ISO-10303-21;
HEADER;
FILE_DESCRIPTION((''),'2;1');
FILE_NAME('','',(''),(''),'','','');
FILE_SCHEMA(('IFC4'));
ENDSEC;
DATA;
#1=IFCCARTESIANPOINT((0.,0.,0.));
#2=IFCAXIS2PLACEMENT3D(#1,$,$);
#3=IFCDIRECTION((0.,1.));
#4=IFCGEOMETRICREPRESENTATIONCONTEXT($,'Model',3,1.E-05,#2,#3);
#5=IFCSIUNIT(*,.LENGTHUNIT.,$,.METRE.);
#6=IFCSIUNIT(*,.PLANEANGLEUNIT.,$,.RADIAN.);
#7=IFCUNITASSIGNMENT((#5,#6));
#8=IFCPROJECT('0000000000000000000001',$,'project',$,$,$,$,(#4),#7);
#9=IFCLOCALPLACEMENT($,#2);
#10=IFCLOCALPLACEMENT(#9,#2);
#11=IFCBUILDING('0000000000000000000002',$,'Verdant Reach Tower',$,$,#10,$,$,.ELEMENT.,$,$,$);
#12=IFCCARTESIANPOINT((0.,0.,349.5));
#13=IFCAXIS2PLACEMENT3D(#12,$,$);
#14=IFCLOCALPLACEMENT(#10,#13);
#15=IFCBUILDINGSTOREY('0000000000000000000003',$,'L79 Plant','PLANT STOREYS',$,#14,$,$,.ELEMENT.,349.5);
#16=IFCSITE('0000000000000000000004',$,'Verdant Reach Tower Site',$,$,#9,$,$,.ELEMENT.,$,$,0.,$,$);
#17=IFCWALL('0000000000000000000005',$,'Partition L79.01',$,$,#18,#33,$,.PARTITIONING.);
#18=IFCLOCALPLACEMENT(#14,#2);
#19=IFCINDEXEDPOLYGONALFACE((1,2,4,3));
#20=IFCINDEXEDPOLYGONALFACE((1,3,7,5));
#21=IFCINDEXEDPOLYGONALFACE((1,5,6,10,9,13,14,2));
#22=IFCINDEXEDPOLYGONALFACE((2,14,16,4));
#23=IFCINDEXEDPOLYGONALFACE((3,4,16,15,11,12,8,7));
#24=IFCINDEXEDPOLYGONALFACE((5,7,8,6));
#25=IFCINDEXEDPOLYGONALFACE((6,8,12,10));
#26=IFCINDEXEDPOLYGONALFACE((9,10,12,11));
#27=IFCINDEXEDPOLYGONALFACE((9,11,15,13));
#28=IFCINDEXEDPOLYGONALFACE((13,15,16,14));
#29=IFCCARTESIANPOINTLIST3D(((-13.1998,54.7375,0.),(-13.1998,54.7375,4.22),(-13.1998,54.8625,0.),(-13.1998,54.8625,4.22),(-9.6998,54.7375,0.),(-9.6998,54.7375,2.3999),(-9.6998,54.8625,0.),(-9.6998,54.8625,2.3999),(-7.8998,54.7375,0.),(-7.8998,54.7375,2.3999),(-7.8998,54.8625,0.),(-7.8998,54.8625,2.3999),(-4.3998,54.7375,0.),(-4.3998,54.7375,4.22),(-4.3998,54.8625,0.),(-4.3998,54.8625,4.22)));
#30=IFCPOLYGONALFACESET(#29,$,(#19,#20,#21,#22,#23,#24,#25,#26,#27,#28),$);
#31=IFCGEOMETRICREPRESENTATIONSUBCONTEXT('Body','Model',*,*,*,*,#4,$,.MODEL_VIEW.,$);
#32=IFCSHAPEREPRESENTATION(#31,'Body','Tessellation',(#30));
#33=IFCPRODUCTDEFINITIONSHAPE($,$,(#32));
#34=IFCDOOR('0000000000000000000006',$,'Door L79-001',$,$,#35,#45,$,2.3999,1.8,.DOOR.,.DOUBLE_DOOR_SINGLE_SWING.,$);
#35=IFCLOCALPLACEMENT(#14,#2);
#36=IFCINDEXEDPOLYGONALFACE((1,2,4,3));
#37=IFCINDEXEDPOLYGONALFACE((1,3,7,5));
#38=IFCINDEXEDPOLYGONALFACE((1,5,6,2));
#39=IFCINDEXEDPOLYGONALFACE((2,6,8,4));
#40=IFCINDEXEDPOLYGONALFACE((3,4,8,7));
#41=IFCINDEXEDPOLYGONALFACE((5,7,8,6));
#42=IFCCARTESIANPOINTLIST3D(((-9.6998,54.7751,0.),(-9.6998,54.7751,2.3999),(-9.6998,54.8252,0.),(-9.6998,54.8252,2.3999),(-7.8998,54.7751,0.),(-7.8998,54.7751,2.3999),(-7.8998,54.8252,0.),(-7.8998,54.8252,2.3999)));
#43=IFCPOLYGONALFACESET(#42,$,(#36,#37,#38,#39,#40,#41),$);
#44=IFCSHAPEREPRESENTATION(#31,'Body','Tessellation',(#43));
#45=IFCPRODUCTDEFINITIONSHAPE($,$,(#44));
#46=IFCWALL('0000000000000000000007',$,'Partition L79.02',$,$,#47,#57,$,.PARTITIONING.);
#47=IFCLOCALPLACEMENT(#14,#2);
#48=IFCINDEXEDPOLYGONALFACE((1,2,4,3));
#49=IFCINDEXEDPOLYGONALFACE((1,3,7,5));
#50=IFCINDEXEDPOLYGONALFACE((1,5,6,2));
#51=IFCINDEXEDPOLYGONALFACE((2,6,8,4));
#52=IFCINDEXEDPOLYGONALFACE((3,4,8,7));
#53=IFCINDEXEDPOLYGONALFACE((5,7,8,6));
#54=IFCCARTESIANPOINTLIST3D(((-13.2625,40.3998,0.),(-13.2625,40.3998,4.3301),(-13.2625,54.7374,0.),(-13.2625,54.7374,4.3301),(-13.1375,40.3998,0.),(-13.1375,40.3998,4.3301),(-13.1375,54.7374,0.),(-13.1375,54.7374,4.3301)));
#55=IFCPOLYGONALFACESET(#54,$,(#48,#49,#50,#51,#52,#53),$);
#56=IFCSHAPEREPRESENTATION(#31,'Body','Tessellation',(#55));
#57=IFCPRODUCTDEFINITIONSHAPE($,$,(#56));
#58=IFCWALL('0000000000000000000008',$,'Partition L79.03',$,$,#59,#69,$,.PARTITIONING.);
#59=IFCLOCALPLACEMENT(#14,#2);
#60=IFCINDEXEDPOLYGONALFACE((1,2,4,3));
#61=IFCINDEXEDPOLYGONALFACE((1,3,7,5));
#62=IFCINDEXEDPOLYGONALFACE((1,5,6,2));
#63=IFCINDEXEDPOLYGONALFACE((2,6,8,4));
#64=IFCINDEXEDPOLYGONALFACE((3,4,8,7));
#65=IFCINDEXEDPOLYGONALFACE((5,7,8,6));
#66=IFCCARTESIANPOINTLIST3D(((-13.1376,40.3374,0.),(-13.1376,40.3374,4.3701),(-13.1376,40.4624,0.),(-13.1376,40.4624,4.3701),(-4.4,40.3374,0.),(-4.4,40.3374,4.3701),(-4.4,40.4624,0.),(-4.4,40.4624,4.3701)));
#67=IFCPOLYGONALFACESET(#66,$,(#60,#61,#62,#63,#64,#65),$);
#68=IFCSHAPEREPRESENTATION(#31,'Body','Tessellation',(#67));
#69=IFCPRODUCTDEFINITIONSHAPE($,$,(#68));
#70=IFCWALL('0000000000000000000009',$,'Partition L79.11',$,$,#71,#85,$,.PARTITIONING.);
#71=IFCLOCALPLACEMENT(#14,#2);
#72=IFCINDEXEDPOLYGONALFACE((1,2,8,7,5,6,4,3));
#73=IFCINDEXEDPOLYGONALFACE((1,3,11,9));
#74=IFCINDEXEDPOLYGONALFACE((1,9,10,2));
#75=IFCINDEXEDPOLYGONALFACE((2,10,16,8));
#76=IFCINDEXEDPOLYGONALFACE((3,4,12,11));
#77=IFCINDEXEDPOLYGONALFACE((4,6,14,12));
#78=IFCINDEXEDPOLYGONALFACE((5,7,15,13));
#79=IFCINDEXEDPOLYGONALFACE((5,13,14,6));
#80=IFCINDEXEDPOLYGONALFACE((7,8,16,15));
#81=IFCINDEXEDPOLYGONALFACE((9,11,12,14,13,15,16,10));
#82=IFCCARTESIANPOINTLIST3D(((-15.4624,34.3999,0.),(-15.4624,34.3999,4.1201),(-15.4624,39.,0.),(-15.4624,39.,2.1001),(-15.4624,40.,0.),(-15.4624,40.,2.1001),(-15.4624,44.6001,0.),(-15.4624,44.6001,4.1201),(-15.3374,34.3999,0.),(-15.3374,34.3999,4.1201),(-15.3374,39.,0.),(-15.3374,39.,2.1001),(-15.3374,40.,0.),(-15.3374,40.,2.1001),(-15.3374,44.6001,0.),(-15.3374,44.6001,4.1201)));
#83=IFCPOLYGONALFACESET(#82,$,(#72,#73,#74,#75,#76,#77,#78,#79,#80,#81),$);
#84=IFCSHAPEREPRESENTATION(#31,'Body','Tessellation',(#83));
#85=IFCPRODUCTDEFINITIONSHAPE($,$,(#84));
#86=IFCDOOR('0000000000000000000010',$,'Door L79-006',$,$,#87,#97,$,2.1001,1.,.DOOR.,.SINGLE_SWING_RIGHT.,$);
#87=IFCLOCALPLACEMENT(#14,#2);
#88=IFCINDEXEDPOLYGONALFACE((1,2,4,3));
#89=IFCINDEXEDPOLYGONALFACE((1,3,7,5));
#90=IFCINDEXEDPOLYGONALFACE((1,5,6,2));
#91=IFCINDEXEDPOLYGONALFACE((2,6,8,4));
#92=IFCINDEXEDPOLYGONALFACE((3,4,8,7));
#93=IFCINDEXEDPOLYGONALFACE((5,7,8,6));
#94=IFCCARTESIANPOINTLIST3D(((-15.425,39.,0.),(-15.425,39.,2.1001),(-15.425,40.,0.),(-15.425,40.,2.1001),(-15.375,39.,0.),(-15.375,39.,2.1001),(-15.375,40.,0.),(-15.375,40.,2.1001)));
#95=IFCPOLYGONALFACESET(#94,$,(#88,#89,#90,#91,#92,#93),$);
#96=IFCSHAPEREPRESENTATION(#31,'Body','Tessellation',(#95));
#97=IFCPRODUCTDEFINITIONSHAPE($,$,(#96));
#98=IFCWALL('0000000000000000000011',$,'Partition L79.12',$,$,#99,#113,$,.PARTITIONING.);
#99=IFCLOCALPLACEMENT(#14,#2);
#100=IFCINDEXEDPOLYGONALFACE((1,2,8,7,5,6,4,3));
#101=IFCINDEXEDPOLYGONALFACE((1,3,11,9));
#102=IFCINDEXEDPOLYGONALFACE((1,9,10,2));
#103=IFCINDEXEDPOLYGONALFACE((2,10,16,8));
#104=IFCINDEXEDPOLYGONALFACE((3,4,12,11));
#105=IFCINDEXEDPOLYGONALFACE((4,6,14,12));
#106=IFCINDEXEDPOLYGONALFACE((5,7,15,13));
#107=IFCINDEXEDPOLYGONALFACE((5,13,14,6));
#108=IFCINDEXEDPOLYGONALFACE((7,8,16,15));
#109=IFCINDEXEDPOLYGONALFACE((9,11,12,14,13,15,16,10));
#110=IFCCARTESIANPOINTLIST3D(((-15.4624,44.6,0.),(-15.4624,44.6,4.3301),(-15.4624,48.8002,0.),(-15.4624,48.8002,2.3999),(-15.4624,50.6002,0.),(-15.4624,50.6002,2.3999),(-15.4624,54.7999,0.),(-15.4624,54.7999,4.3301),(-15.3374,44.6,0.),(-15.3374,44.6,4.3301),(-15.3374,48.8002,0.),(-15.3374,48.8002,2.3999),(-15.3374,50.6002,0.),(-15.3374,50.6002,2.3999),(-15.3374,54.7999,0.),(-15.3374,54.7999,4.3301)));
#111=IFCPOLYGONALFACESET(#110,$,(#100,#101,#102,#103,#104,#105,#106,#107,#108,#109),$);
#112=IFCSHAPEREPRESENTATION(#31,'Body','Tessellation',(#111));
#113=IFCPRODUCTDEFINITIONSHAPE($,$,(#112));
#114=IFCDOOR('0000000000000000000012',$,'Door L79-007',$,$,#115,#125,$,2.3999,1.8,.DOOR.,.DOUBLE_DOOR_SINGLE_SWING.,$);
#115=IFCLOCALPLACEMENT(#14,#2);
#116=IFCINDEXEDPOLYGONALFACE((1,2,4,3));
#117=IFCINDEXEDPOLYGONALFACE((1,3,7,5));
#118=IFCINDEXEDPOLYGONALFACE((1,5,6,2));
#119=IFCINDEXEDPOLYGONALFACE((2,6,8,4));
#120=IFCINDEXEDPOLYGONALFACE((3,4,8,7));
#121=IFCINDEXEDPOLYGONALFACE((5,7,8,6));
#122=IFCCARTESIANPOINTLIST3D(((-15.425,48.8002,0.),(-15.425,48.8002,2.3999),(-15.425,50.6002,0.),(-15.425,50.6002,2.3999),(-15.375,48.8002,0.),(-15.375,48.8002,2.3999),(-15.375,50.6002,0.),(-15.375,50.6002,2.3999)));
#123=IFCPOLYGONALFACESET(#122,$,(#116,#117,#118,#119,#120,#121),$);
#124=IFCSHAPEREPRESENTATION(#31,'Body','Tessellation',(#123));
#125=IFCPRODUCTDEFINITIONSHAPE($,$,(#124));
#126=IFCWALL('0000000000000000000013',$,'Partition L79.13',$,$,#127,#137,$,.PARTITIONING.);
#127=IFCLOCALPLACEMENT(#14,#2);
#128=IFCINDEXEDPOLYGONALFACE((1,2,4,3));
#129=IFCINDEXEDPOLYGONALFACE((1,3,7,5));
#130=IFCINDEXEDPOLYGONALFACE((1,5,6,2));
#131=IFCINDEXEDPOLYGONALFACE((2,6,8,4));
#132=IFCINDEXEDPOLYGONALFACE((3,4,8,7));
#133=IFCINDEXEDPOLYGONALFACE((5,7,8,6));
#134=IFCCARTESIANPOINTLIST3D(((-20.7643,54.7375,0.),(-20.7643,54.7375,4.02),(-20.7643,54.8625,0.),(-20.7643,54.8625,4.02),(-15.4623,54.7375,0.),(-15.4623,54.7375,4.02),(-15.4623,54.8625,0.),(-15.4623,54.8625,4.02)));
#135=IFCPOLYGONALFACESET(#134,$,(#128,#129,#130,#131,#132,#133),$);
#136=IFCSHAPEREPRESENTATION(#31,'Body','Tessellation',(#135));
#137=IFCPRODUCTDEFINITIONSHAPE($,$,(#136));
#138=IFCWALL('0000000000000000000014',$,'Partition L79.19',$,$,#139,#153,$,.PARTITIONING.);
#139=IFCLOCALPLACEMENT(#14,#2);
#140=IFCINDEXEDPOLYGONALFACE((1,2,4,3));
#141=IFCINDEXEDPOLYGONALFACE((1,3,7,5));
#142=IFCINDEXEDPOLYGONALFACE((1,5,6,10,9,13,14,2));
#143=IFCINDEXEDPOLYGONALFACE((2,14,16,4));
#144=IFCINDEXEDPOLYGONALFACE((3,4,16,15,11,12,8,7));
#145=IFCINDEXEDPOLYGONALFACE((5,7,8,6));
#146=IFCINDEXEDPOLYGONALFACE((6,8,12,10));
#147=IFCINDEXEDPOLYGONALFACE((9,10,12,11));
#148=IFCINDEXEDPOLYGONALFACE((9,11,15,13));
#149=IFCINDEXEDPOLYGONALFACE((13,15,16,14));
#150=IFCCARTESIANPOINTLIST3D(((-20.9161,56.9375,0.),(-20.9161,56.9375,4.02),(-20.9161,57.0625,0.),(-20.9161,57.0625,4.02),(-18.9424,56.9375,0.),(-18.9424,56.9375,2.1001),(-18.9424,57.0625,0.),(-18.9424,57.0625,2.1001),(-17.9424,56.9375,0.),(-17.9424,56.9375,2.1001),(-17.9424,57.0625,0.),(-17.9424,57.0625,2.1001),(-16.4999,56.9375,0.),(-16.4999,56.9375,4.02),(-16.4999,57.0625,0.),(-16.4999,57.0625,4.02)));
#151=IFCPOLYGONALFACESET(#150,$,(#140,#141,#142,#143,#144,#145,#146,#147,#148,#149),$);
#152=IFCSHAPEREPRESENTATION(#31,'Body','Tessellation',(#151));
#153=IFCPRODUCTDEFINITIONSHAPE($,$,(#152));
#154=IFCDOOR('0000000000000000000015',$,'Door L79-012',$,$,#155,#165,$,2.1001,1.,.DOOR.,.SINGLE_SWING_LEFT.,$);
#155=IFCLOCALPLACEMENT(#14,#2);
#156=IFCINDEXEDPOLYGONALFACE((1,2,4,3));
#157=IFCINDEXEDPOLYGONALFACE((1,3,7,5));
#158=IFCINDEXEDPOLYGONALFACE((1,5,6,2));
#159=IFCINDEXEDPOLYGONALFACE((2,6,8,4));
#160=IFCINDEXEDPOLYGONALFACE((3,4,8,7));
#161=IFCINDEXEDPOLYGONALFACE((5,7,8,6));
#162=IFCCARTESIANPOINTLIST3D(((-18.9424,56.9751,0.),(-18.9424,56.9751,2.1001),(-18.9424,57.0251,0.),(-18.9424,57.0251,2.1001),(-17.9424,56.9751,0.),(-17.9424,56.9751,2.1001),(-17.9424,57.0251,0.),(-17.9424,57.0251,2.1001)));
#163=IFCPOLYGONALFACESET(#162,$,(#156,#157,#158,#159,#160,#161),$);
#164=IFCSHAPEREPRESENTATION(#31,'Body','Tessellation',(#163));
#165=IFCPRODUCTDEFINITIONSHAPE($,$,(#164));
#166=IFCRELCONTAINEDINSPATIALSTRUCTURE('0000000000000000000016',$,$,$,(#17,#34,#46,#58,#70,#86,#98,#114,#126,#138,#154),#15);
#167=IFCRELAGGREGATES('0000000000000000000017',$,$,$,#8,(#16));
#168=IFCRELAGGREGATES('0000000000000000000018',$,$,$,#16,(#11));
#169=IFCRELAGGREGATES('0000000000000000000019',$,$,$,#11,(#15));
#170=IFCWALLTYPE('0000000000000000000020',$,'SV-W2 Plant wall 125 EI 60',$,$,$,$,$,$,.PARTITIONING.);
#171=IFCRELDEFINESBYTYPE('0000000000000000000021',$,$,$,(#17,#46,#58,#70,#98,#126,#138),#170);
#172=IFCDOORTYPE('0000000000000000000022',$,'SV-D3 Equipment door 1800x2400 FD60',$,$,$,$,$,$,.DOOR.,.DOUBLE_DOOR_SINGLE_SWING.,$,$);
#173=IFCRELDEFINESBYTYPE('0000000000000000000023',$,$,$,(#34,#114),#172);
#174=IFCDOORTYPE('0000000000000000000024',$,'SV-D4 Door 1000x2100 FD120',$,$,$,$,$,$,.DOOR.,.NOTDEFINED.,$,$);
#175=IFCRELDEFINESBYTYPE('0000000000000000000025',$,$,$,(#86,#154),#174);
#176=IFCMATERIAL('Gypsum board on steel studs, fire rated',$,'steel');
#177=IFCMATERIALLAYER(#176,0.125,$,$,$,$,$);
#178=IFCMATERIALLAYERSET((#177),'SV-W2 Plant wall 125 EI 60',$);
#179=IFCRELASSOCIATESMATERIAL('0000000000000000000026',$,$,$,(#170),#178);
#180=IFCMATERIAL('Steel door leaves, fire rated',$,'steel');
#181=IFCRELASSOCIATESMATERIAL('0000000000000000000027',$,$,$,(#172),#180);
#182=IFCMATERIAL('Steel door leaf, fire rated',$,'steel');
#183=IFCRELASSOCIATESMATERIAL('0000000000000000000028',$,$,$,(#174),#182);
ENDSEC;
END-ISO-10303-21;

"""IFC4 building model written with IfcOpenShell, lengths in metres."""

from ifc_helpers import new_model, si_unit, direction, frame, frame_2d, origin, place, context, subcontext, project, spatial, rectangle, extrude, material, layer, layer_set, type_object, element, fill, save


model = new_model("IFC4")

# Units and contexts
model_context = context("Model", 3, precision=1e-05, world=origin(), true_north=direction((0.0, 1.0)))
body_context = subcontext(model_context, "Body", "Model", "MODEL_VIEW")
ifc_project = project(units=[si_unit("LENGTHUNIT", "METRE"), si_unit("PLANEANGLEUNIT", "RADIAN")], contexts=[model_context])

# Site, building, storey
site_placement = place(None, origin())
site = spatial("IfcSite", under=ifc_project, at=site_placement, Name="Verdant Reach Tower Site", CompositionType="ELEMENT", RefElevation=0.0)
building_placement = place(site_placement, origin())
building = spatial("IfcBuilding", under=site, at=building_placement, Name="Verdant Reach Tower", CompositionType="ELEMENT")
storey_placement = place(building_placement, frame((0.0, 0.0, 349.5)))
storey = spatial("IfcBuildingStorey", under=building, at=storey_placement, Name="L79 Plant", Description="PLANT STOREYS", CompositionType="ELEMENT", Elevation=349.5)

# Wall, opening, door
ifc_material_1 = material(Name="Gypsum board on steel studs, fire rated", Category="steel")
ifc_layer = layer(ifc_material_1, 0.125)
ifc_layer_set = layer_set([ifc_layer], Name="SV-W2 Plant wall 125 EI 60")
wall_type = type_object("IfcWallType", Name="SV-W2 Plant wall 125 EI 60", PredefinedType="PARTITIONING", material=ifc_layer_set)
wall_1_placement = place(storey_placement, frame((-4.3999, 54.8, 0.0), z_axis=(0.0, 0.0, 1.0), x_axis=(-1.0, 0.0, 0.0)))
wall_1 = element("IfcWall", 1, at=wall_1_placement, inside=storey, type_object=wall_type, Name="Partition L79.01", PredefinedType="PARTITIONING", context=body_context, shape_type="SweptSolid", body=[
    extrude(rectangle(XDim=8.8, YDim=0.125, at=frame_2d((4.3999, 0.0))), origin(), (0.0, 0.0, 1.0), 4.22),
])
opening_1_placement = place(wall_1_placement, frame((3.5, 0.0, 0.0)))
opening_1 = element("IfcOpeningElement", 2, at=opening_1_placement, cuts=wall_1, PredefinedType="OPENING", context=body_context, shape_type="SweptSolid", body=[
    extrude(rectangle(XDim=1.8, YDim=2.3999, at=frame_2d((0.8999, 1.2))), frame((0.0, 0.0725, 0.0), z_axis=(0.0, -1.0, 0.0), x_axis=(1.0, 0.0, 0.0)), (0.0, 0.0, 1.0), 0.145),
])
ifc_material_2 = material(Name="Steel door leaves, fire rated", Category="steel")
door_type_1 = type_object("IfcDoorType", Name="SV-D3 Equipment door 1800x2400 FD60", OperationType="DOUBLE_DOOR_SINGLE_SWING", PredefinedType="DOOR", material=ifc_material_2)
door_1_placement = place(opening_1_placement, origin())
door_1 = element("IfcDoor", 3, at=door_1_placement, inside=storey, type_object=door_type_1, Name="Door L79-001", OperationType="DOUBLE_DOOR_SINGLE_SWING", OverallHeight=2.3999, OverallWidth=1.8, PredefinedType="DOOR", context=body_context, shape_type="SweptSolid", body=[
    extrude(rectangle(XDim=1.8, YDim=2.3999, at=frame_2d((0.8999, 1.2))), frame((0.0, 0.0249, 0.0), z_axis=(0.0, -1.0, 0.0), x_axis=(1.0, 0.0, 0.0)), (0.0, 0.0, 1.0), 0.05),
])
fill(opening_1, door_1)

# Walls
wall_2_placement = place(storey_placement, frame((-13.2, 54.7375, 0.0), z_axis=(0.0, 0.0, 1.0), x_axis=(0.0, -1.0, 0.0)))
element("IfcWall", 4, at=wall_2_placement, inside=storey, type_object=wall_type, Name="Partition L79.02", PredefinedType="PARTITIONING", context=body_context, shape_type="SweptSolid", body=[
    extrude(rectangle(XDim=14.3376, YDim=0.125, at=frame_2d((7.1689, 0.0))), origin(), (0.0, 0.0, 1.0), 4.3301),
])
wall_3_placement = place(storey_placement, frame((-13.1375, 40.3999, 0.0), z_axis=(0.0, 0.0, 1.0), x_axis=(1.0, 0.0, 0.0)))
element("IfcWall", 5, at=wall_3_placement, inside=storey, type_object=wall_type, Name="Partition L79.03", PredefinedType="PARTITIONING", context=body_context, shape_type="SweptSolid", body=[
    extrude(rectangle(XDim=8.7375, YDim=0.125, at=frame_2d((4.3687, 0.0))), origin(), (0.0, 0.0, 1.0), 4.3701),
])

# Walls, openings, doors
wall_4_placement = place(storey_placement, frame((-15.3999, 44.6001, 0.0), z_axis=(0.0, 0.0, 1.0), x_axis=(0.0, -1.0, 0.0)))
wall_4 = element("IfcWall", 6, at=wall_4_placement, inside=storey, type_object=wall_type, Name="Partition L79.11", PredefinedType="PARTITIONING", context=body_context, shape_type="SweptSolid", body=[
    extrude(rectangle(XDim=10.2002, YDim=0.125, at=frame_2d((5.1001, 0.0))), origin(), (0.0, 0.0, 1.0), 4.1201),
])
opening_2_placement = place(wall_4_placement, frame((4.6001, 0.0, 0.0)))
opening_2 = element("IfcOpeningElement", 7, at=opening_2_placement, cuts=wall_4, PredefinedType="OPENING", context=body_context, shape_type="SweptSolid", body=[
    extrude(rectangle(XDim=1.0, YDim=2.1001, at=frame_2d((0.5, 1.05))), frame((0.0, 0.0725, 0.0), z_axis=(0.0, -1.0, 0.0), x_axis=(1.0, 0.0, 0.0)), (0.0, 0.0, 1.0), 0.145),
])
ifc_material_3 = material(Name="Steel door leaf, fire rated", Category="steel")
door_type_2 = type_object("IfcDoorType", Name="SV-D4 Door 1000x2100 FD120", OperationType="NOTDEFINED", PredefinedType="DOOR", material=ifc_material_3)
door_2_placement = place(opening_2_placement, origin())
door_2 = element("IfcDoor", 8, at=door_2_placement, inside=storey, type_object=door_type_2, Name="Door L79-006", OperationType="SINGLE_SWING_RIGHT", OverallHeight=2.1001, OverallWidth=1.0, PredefinedType="DOOR", context=body_context, shape_type="SweptSolid", body=[
    extrude(rectangle(XDim=1.0, YDim=2.1001, at=frame_2d((0.5, 1.05))), frame((0.0, 0.0249, 0.0), z_axis=(0.0, -1.0, 0.0), x_axis=(1.0, 0.0, 0.0)), (0.0, 0.0, 1.0), 0.05),
])
fill(opening_2, door_2)
wall_5_placement = place(storey_placement, frame((-15.3999, 54.8, 0.0), z_axis=(0.0, 0.0, 1.0), x_axis=(0.0, -1.0, 0.0)))
wall_5 = element("IfcWall", 9, at=wall_5_placement, inside=storey, type_object=wall_type, Name="Partition L79.12", PredefinedType="PARTITIONING", context=body_context, shape_type="SweptSolid", body=[
    extrude(rectangle(XDim=10.2, YDim=0.125, at=frame_2d((5.1001, 0.0))), origin(), (0.0, 0.0, 1.0), 4.3301),
])
opening_3_placement = place(wall_5_placement, frame((4.2, 0.0, 0.0)))
opening_3 = element("IfcOpeningElement", 10, at=opening_3_placement, cuts=wall_5, PredefinedType="OPENING", context=body_context, shape_type="SweptSolid", body=[
    extrude(rectangle(XDim=1.8, YDim=2.3999, at=frame_2d((0.8999, 1.2))), frame((0.0, 0.0725, 0.0), z_axis=(0.0, -1.0, 0.0), x_axis=(1.0, 0.0, 0.0)), (0.0, 0.0, 1.0), 0.145),
])
door_3_placement = place(opening_3_placement, origin())
door_3 = element("IfcDoor", 11, at=door_3_placement, inside=storey, type_object=door_type_1, Name="Door L79-007", OperationType="DOUBLE_DOOR_SINGLE_SWING", OverallHeight=2.3999, OverallWidth=1.8, PredefinedType="DOOR", context=body_context, shape_type="SweptSolid", body=[
    extrude(rectangle(XDim=1.8, YDim=2.3999, at=frame_2d((0.8999, 1.2))), frame((0.0, 0.0249, 0.0), z_axis=(0.0, -1.0, 0.0), x_axis=(1.0, 0.0, 0.0)), (0.0, 0.0, 1.0), 0.05),
])
fill(opening_3, door_3)

# Wall
wall_6_placement = place(storey_placement, frame((-15.4624, 54.8, 0.0), z_axis=(0.0, 0.0, 1.0), x_axis=(-1.0, 0.0, 0.0)))
element("IfcWall", 12, at=wall_6_placement, inside=storey, type_object=wall_type, Name="Partition L79.13", PredefinedType="PARTITIONING", context=body_context, shape_type="SweptSolid", body=[
    extrude(rectangle(XDim=5.302, YDim=0.125, at=frame_2d((2.6509, 0.0))), origin(), (0.0, 0.0, 1.0), 4.02),
])

# Wall, opening, door
wall_7_placement = place(storey_placement, frame((-16.5, 57.0, 0.0), z_axis=(0.0, 0.0, 1.0), x_axis=(-1.0, 0.0, 0.0)))
wall_7 = element("IfcWall", 13, at=wall_7_placement, inside=storey, type_object=wall_type, Name="Partition L79.19", PredefinedType="PARTITIONING", context=body_context, shape_type="SweptSolid", body=[
    extrude(rectangle(XDim=4.4163, YDim=0.125, at=frame_2d((2.208, 0.0))), origin(), (0.0, 0.0, 1.0), 4.02),
])
opening_4_placement = place(wall_7_placement, frame((1.4424, 0.0, 0.0)))
opening_4 = element("IfcOpeningElement", 14, at=opening_4_placement, cuts=wall_7, PredefinedType="OPENING", context=body_context, shape_type="SweptSolid", body=[
    extrude(rectangle(XDim=1.0, YDim=2.1001, at=frame_2d((0.5, 1.05))), frame((0.0, 0.0725, 0.0), z_axis=(0.0, -1.0, 0.0), x_axis=(1.0, 0.0, 0.0)), (0.0, 0.0, 1.0), 0.145),
])
door_4_placement = place(opening_4_placement, origin())
door_4 = element("IfcDoor", 15, at=door_4_placement, inside=storey, type_object=door_type_2, Name="Door L79-012", OperationType="SINGLE_SWING_LEFT", OverallHeight=2.1001, OverallWidth=1.0, PredefinedType="DOOR", context=body_context, shape_type="SweptSolid", body=[
    extrude(rectangle(XDim=1.0, YDim=2.1001, at=frame_2d((0.5, 1.05))), frame((0.0, 0.0249, 0.0), z_axis=(0.0, -1.0, 0.0), x_axis=(1.0, 0.0, 0.0)), (0.0, 0.0, 1.0), 0.05),
])
fill(opening_4, door_4)

save(model, "model.ifc")
